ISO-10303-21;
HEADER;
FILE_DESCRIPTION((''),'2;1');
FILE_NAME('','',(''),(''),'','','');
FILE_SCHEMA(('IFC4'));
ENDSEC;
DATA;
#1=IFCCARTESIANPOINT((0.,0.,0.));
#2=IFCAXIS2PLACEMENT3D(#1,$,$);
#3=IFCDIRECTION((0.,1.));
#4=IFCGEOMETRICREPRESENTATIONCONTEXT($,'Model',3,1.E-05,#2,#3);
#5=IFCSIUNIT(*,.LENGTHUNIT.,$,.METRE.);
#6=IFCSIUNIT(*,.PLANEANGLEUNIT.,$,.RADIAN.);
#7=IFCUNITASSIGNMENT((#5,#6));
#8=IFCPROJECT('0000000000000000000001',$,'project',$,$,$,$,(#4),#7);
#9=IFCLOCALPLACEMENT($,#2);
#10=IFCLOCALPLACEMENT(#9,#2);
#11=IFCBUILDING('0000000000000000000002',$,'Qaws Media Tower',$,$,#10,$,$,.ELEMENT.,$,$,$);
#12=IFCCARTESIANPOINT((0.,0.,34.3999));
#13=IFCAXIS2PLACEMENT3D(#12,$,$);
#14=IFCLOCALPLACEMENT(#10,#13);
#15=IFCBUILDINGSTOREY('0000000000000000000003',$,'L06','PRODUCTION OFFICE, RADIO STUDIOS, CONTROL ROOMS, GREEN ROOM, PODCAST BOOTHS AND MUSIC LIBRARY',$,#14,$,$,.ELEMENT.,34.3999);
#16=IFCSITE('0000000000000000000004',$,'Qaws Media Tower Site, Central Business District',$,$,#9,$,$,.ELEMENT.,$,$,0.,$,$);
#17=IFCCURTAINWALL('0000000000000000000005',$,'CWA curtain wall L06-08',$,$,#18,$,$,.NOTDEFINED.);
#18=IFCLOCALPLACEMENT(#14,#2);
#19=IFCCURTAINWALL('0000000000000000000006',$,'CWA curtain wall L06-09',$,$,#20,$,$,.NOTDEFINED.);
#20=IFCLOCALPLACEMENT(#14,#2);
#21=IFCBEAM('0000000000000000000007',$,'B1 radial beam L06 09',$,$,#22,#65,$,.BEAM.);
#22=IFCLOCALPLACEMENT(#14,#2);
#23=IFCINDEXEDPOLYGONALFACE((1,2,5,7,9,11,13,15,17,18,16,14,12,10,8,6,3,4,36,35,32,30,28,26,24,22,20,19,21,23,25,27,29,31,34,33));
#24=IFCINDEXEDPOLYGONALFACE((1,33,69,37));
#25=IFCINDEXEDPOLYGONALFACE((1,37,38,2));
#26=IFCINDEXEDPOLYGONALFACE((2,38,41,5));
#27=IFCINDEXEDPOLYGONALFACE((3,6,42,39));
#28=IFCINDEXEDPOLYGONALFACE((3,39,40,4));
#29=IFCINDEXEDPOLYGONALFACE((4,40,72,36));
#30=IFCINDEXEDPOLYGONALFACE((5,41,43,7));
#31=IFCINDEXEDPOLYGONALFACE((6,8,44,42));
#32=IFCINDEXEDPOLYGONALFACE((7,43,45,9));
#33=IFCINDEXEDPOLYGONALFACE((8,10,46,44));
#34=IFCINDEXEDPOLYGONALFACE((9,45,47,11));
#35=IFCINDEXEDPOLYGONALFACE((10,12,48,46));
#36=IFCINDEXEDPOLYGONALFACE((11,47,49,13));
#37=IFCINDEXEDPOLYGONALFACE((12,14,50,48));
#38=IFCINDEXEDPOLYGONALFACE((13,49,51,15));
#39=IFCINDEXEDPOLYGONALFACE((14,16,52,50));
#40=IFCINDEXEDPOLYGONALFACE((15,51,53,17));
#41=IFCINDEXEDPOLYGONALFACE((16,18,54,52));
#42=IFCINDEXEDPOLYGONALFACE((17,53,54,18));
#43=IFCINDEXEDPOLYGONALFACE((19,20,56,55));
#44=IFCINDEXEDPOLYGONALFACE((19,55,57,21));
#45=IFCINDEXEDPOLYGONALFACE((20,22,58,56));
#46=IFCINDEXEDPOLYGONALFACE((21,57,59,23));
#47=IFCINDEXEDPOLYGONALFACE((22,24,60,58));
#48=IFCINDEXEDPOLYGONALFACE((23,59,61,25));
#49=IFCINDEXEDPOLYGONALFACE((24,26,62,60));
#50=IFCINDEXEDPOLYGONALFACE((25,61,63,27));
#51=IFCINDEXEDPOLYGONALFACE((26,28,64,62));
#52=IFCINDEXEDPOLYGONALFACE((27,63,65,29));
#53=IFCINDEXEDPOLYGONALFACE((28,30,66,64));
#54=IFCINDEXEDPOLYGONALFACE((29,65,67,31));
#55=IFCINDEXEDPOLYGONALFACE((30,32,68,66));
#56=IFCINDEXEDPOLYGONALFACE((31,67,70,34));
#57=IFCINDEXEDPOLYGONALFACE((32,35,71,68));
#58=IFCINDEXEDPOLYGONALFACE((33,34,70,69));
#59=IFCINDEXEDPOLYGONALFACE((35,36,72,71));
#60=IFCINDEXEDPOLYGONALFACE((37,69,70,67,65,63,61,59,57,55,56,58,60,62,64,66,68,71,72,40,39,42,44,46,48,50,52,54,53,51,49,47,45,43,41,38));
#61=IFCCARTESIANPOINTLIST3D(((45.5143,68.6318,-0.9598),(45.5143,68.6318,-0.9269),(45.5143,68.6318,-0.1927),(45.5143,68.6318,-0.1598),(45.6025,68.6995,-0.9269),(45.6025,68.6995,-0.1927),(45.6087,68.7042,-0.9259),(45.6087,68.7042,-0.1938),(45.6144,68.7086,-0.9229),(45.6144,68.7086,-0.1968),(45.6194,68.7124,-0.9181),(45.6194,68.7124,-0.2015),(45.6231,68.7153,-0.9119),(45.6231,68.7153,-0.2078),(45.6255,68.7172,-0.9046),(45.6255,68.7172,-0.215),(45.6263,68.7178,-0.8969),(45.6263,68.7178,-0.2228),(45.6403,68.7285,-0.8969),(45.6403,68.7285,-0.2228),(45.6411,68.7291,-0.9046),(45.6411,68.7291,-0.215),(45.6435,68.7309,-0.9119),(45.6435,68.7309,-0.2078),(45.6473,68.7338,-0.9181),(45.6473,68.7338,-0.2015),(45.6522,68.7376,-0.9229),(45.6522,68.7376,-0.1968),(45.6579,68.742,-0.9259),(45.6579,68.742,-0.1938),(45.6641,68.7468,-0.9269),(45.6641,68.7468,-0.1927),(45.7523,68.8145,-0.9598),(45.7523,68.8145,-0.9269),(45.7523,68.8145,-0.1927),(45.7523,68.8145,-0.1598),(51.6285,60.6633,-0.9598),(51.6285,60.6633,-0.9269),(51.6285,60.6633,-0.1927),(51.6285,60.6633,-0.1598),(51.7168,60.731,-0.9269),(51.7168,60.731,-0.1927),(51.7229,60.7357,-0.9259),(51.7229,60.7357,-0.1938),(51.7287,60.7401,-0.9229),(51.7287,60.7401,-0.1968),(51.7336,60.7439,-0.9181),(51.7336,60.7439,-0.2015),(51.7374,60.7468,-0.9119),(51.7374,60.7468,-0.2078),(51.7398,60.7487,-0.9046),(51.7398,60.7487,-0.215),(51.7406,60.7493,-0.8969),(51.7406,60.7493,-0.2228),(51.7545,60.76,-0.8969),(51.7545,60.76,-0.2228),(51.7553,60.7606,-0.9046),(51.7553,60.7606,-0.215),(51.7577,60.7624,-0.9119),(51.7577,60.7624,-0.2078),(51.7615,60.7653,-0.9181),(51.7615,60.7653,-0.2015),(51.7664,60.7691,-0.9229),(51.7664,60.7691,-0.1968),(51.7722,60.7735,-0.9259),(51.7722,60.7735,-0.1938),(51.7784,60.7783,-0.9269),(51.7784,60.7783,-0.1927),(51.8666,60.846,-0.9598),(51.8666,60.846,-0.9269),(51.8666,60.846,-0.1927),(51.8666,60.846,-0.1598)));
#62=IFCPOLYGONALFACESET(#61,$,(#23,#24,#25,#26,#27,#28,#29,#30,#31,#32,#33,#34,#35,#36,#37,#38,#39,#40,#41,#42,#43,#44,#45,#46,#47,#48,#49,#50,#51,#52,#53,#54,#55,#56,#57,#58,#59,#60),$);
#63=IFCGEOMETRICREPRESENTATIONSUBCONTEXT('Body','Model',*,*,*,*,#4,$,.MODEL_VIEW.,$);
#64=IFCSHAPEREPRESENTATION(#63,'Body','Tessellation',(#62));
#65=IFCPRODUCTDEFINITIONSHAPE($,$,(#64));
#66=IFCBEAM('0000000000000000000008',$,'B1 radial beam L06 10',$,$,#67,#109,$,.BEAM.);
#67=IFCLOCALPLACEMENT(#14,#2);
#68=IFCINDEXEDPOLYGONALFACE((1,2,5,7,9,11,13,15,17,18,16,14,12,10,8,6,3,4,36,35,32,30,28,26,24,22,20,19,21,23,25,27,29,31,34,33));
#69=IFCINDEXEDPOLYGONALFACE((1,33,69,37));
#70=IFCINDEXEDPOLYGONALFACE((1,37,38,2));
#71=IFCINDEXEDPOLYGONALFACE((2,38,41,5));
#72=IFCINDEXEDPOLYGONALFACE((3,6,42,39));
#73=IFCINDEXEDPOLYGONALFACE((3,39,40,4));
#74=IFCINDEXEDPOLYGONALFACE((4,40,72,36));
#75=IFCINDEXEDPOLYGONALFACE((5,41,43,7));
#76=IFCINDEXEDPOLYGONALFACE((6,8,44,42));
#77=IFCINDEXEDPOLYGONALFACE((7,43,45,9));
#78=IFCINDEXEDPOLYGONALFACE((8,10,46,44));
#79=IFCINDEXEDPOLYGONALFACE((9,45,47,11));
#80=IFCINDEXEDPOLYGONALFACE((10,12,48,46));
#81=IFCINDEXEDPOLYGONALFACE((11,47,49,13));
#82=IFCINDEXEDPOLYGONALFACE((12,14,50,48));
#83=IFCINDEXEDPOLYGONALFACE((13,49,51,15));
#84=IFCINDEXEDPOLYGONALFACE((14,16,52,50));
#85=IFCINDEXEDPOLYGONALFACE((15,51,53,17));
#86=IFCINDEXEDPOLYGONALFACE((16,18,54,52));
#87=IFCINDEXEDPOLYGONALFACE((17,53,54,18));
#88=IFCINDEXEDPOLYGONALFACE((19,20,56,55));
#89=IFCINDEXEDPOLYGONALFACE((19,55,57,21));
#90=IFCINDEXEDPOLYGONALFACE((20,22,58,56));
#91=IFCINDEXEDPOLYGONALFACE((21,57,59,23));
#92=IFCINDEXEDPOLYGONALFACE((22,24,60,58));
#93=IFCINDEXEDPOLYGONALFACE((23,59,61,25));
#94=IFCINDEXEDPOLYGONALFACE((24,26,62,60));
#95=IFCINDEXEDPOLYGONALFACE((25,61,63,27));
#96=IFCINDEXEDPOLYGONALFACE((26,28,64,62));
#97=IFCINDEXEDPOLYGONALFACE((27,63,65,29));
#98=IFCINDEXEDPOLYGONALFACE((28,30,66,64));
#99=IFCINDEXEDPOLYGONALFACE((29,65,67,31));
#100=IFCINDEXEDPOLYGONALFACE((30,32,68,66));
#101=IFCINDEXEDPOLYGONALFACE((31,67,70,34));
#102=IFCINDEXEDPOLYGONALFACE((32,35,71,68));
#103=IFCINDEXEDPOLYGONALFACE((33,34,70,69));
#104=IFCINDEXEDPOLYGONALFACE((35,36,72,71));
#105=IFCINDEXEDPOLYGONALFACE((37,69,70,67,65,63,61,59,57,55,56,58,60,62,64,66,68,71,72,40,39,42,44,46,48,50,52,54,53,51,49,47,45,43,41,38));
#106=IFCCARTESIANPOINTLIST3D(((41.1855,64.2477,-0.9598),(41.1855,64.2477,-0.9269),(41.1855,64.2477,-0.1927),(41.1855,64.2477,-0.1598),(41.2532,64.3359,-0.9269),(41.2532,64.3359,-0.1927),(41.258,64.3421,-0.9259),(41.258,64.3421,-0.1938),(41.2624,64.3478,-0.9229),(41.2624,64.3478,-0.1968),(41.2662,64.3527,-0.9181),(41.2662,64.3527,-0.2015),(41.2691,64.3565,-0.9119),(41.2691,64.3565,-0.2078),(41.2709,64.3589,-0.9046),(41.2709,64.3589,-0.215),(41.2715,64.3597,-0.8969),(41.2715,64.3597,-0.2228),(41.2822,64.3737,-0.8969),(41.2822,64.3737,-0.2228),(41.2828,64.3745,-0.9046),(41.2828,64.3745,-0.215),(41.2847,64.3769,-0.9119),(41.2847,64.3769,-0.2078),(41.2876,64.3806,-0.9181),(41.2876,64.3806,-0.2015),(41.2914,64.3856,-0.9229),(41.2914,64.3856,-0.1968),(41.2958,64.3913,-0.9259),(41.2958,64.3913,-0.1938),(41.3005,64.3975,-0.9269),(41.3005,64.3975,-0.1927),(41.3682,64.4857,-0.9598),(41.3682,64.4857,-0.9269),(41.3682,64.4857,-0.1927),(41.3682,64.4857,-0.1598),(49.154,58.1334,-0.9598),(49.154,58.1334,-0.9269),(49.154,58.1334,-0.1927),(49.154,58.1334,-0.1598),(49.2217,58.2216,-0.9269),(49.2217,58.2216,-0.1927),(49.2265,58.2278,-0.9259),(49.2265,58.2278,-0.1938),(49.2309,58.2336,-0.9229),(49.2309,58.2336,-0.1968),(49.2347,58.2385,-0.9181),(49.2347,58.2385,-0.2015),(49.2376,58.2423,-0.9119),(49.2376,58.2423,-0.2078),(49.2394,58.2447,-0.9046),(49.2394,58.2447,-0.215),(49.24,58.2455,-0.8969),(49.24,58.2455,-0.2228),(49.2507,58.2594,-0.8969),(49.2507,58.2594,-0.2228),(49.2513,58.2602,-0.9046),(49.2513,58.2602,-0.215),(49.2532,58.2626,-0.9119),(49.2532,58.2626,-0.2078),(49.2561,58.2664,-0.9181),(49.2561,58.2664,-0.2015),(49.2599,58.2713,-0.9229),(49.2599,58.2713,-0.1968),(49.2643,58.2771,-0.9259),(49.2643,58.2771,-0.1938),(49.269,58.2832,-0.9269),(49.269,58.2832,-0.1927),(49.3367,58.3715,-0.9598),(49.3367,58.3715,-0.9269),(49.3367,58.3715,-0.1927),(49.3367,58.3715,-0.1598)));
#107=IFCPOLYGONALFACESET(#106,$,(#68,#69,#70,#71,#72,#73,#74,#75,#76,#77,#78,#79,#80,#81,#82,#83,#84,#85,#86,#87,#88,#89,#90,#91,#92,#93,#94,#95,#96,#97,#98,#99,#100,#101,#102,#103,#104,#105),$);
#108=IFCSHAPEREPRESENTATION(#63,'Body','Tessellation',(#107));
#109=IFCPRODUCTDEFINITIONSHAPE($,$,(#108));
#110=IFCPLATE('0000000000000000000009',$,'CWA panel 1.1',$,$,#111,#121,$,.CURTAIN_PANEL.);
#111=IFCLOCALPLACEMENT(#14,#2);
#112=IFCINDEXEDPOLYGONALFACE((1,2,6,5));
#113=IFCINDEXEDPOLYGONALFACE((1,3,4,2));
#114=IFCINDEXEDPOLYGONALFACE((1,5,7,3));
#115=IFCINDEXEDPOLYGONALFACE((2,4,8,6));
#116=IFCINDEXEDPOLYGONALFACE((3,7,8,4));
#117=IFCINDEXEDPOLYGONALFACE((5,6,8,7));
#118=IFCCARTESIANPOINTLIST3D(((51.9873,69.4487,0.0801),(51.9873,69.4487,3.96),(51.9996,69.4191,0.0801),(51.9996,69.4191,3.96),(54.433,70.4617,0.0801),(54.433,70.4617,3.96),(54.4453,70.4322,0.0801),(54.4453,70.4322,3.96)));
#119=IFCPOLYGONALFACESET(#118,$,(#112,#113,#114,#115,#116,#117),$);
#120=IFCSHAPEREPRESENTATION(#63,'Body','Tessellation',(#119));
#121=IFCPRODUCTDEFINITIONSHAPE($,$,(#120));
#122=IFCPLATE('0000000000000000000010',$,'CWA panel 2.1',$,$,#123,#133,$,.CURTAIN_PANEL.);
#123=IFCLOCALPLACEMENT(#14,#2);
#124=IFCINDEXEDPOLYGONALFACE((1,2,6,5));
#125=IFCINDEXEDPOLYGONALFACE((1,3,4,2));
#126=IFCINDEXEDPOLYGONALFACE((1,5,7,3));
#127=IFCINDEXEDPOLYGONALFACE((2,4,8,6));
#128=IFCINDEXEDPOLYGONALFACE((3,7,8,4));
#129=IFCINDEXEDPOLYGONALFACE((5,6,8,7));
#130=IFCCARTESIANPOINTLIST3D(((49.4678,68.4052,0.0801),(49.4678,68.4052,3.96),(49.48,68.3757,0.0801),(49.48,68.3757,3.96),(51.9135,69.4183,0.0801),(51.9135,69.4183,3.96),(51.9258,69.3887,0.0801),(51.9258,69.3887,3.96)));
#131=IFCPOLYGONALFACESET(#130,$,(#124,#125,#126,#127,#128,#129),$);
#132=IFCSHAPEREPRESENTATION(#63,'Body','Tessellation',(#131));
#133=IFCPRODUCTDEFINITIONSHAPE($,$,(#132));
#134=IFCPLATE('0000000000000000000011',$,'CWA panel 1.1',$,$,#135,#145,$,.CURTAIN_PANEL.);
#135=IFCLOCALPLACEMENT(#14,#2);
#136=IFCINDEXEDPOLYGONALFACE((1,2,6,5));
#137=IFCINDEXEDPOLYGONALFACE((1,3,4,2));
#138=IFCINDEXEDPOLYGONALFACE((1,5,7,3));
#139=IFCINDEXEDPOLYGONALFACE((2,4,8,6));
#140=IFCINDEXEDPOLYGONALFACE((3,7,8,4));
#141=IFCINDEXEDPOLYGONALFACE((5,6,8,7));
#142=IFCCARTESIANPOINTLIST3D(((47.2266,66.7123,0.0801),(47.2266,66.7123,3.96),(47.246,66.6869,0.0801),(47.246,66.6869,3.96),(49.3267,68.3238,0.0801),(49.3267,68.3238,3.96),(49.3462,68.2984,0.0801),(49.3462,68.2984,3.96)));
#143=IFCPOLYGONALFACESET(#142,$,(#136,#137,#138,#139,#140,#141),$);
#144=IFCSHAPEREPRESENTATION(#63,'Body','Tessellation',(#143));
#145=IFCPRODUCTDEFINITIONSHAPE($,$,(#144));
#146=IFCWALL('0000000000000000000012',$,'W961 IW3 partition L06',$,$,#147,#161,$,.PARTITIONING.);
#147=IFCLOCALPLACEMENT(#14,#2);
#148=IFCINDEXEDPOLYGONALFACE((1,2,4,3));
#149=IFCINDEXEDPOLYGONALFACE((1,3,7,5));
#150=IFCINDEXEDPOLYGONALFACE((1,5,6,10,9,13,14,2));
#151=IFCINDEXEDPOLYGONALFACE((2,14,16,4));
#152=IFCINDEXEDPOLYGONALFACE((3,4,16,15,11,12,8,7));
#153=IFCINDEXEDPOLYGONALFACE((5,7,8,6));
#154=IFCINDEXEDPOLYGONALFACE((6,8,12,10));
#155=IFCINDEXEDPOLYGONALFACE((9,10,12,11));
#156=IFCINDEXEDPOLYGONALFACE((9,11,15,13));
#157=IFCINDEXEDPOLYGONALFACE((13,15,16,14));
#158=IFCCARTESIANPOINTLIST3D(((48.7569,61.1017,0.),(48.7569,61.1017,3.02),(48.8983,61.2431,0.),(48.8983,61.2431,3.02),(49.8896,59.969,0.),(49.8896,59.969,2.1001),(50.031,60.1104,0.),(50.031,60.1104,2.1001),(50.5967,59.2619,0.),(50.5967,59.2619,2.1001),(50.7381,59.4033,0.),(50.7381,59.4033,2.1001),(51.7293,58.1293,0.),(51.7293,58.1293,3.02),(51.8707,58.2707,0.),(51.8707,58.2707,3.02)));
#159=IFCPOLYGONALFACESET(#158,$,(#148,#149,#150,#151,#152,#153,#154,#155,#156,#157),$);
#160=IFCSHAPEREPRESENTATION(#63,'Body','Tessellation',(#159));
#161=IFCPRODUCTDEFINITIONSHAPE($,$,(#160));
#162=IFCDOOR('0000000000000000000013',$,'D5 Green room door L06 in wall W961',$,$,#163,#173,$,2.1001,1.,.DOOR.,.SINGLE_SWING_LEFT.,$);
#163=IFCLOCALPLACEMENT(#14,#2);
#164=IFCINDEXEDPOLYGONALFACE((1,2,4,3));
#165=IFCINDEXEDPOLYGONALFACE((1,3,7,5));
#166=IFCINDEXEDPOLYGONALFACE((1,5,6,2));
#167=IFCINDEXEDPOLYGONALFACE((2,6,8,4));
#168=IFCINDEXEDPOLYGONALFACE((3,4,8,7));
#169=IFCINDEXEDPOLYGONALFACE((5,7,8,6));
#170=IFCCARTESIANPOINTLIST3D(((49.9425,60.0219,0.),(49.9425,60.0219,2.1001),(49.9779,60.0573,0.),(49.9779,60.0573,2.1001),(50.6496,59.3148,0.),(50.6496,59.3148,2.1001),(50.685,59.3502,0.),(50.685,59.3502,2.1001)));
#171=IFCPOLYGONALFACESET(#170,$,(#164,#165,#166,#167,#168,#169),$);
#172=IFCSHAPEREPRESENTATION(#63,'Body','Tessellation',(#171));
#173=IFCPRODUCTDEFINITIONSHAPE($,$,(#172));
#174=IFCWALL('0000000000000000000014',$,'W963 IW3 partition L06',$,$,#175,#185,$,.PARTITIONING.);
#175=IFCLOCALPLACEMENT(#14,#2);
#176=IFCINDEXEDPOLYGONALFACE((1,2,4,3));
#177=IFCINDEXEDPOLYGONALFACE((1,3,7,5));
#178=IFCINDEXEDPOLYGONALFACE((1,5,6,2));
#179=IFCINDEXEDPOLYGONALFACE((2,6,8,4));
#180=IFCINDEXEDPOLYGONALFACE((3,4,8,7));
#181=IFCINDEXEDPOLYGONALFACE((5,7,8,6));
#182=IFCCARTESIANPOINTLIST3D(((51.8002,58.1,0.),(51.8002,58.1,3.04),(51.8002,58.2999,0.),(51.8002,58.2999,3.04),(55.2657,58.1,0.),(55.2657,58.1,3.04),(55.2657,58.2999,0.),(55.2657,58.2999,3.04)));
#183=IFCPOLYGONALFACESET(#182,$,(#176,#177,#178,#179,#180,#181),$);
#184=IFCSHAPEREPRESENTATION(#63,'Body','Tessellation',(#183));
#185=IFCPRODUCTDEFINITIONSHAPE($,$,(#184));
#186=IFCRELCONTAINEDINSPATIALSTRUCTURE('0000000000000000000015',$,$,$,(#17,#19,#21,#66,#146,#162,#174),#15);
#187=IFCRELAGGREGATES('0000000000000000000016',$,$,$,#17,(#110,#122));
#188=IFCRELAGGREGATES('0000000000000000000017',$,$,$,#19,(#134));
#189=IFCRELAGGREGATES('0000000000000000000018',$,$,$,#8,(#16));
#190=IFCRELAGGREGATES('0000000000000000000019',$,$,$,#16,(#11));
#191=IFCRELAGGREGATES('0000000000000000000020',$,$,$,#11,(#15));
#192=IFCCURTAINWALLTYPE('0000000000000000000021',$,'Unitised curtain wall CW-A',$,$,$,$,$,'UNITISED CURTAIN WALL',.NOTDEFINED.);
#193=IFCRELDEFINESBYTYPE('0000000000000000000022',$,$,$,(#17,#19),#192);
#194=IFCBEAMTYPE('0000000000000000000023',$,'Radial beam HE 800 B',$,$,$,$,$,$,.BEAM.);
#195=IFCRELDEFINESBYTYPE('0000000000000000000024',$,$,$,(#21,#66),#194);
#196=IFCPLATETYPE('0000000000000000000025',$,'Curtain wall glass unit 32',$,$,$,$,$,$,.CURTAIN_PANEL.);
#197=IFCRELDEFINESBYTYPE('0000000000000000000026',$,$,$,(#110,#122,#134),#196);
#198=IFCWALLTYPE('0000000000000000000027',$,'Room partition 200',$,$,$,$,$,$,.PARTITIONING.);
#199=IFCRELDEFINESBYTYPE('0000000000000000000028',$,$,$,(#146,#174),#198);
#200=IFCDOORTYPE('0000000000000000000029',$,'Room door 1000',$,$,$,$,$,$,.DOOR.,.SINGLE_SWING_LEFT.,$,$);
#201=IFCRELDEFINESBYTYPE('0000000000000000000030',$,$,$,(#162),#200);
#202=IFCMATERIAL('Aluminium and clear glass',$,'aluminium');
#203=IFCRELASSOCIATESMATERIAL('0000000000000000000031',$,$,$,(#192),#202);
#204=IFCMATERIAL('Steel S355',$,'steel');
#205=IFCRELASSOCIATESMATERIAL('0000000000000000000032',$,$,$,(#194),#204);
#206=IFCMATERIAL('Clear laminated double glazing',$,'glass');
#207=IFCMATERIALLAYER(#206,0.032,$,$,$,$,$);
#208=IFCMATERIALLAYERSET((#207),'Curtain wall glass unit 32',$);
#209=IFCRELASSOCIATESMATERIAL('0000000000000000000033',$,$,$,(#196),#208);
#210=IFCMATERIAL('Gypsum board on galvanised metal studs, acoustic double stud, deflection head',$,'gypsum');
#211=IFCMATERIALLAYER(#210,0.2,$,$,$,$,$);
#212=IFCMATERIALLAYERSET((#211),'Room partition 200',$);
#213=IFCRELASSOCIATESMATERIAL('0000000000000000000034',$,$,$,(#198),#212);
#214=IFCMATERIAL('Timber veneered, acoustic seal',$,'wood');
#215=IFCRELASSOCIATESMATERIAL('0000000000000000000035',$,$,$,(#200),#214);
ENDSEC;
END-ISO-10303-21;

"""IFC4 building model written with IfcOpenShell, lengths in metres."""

from ifc_helpers import new_model, si_unit, direction, frame, frame_2d, origin, origin_2d, place, context, subcontext, project, spatial, rectangle, i_section, extrude, material, layer, layer_set, material_profile, profile_set, type_object, element, fill, aggregate, save


model = new_model("IFC4")

# Units and contexts
model_context = context("Model", 3, precision=1e-05, world=origin(), true_north=direction((0.0, 1.0)))
body_context = subcontext(model_context, "Body", "Model", "MODEL_VIEW")
ifc_project = project(units=[si_unit("LENGTHUNIT", "METRE"), si_unit("PLANEANGLEUNIT", "RADIAN")], contexts=[model_context])

# Site, building, storey
site_placement = place(None, origin())
site = spatial("IfcSite", under=ifc_project, at=site_placement, Name="Qaws Media Tower Site, Central Business District", CompositionType="ELEMENT", RefElevation=0.0)
building_placement = place(site_placement, origin())
building = spatial("IfcBuilding", under=site, at=building_placement, Name="Qaws Media Tower", CompositionType="ELEMENT")
storey_placement = place(building_placement, frame((0.0, 0.0, 34.3999)))
storey = spatial("IfcBuildingStorey", under=building, at=storey_placement, Name="L06", Description="PRODUCTION OFFICE, RADIO STUDIOS, CONTROL ROOMS, GREEN ROOM, PODCAST BOOTHS AND MUSIC LIBRARY", CompositionType="ELEMENT", Elevation=34.3999)

# Curtain walls
ifc_material_1 = material(Name="Aluminium and clear glass", Category="aluminium")
curtain_wall_type = type_object("IfcCurtainWallType", Name="Unitised curtain wall CW-A", ElementType="UNITISED CURTAIN WALL", PredefinedType="NOTDEFINED", material=ifc_material_1)
curtain_wall_1_placement = place(storey_placement, origin())
curtain_wall_1 = element("IfcCurtainWall", 1, at=curtain_wall_1_placement, inside=storey, type_object=curtain_wall_type, Name="CWA curtain wall L06-08", PredefinedType="NOTDEFINED")
curtain_wall_2_placement = place(storey_placement, origin())
curtain_wall_2 = element("IfcCurtainWall", 2, at=curtain_wall_2_placement, inside=storey, type_object=curtain_wall_type, Name="CWA curtain wall L06-09", PredefinedType="NOTDEFINED")

# Beams
ifc_material_2 = material(Name="Steel S355", Category="steel")
ifc_material_profile_1 = material_profile(ifc_material_2, i_section(OverallWidth=0.3, OverallDepth=0.8, WebThickness=0.0176, FlangeThickness=0.033, FilletRadius=0.03, at=origin_2d()), Name="HE 800 B")
ifc_profile_set_1 = profile_set([ifc_material_profile_1], Name="Steel S355")
beam_type_1 = type_object("IfcBeamType", Name="Radial beam HE 800 B", PredefinedType="BEAM", material=ifc_profile_set_1)
for number, where, z_axis, x_axis, name in (
    (3, (51.7476, 60.7546, -0.5598), (-0.608749, 0.793363, 0.0), (-0.793363, -0.608749, 0.0), "B1 radial beam L06 09"),
    (4, (49.2454, 58.2524, -0.5598), (-0.793363, 0.608749, 0.0), (-0.608749, -0.793363, 0.0), "B1 radial beam L06 10"),
):
    element("IfcBeam", number, at=place(storey_placement, frame(where, z_axis=z_axis, x_axis=x_axis)), inside=storey, type_object=beam_type_1, Name=name, PredefinedType="BEAM", context=body_context, shape_type="SweptSolid", body=[
        extrude(i_section(OverallWidth=0.3, OverallDepth=0.8, WebThickness=0.0176, FlangeThickness=0.033, FilletRadius=0.03, at=origin_2d()), origin(), (0.0, 0.0, 1.0), 10.0439),
    ])

# Plates
ifc_material_3 = material(Name="Clear laminated double glazing", Category="glass")
ifc_layer_1 = layer(ifc_material_3, 0.032)
ifc_layer_set_1 = layer_set([ifc_layer_1], Name="Curtain wall glass unit 32")
plate_type = type_object("IfcPlateType", Name="Curtain wall glass unit 32", PredefinedType="CURTAIN_PANEL", material=ifc_layer_set_1)
plate_1_placement = place(storey_placement, frame((53.2163, 69.9404, 0.0801), z_axis=(0.0, 0.0, 1.0), x_axis=(-0.92388, -0.382683, 0.0)))
plate_1 = element("IfcPlate", 5, at=plate_1_placement, type_object=plate_type, Name="CWA panel 1.1", PredefinedType="CURTAIN_PANEL", context=body_context, shape_type="SweptSolid", body=[
    extrude(rectangle(XDim=2.6472, YDim=0.032, at=origin_2d()), origin(), (0.0, 0.0, 1.0), 3.8799),
])
plate_2_placement = place(storey_placement, frame((50.6968, 68.897, 0.0801), z_axis=(0.0, 0.0, 1.0), x_axis=(-0.92388, -0.382683, 0.0)))
plate_2 = element("IfcPlate", 6, at=plate_2_placement, type_object=plate_type, Name="CWA panel 2.1", PredefinedType="CURTAIN_PANEL", context=body_context, shape_type="SweptSolid", body=[
    extrude(rectangle(XDim=2.6472, YDim=0.032, at=origin_2d()), origin(), (0.0, 0.0, 1.0), 3.8799),
])
aggregate(curtain_wall_1, [plate_1, plate_2])
plate_3_placement = place(storey_placement, frame((48.2864, 67.5054, 0.0801), z_axis=(0.0, 0.0, 1.0), x_axis=(-0.793353, -0.608761, 0.0)))
plate_3 = element("IfcPlate", 7, at=plate_3_placement, type_object=plate_type, Name="CWA panel 1.1", PredefinedType="CURTAIN_PANEL", context=body_context, shape_type="SweptSolid", body=[
    extrude(rectangle(XDim=2.6472, YDim=0.032, at=origin_2d()), origin(), (0.0, 0.0, 1.0), 3.8799),
])
aggregate(curtain_wall_2, [plate_3])

# Wall, opening, door
ifc_material_4 = material(Name="Gypsum board on galvanised metal studs, acoustic double stud, deflection head", Category="gypsum")
ifc_layer_2 = layer(ifc_material_4, 0.2)
ifc_layer_set_2 = layer_set([ifc_layer_2], Name="Room partition 200")
wall_type = type_object("IfcWallType", Name="Room partition 200", PredefinedType="PARTITIONING", material=ifc_layer_set_2)
wall_1_placement = place(storey_placement, frame((48.8276, 61.1724, 0.0), z_axis=(0.0, 0.0, 1.0), x_axis=(0.707107, -0.707107, 0.0)))
wall_1 = element("IfcWall", 8, at=wall_1_placement, inside=storey, type_object=wall_type, Name="W961 IW3 partition L06", PredefinedType="PARTITIONING", context=body_context, shape_type="SweptSolid", body=[
    extrude(rectangle(XDim=4.2036, YDim=0.2, at=frame_2d((2.1018, 0.0))), origin(), (0.0, 0.0, 1.0), 3.02),
])
opening_1_placement = place(wall_1_placement, frame((1.6018, 0.0, 0.0)))
opening_1 = element("IfcOpeningElement", 9, at=opening_1_placement, cuts=wall_1, PredefinedType="OPENING", context=body_context, shape_type="SweptSolid", body=[
    extrude(rectangle(XDim=1.0, YDim=2.1001, at=frame_2d((0.5, 1.05))), frame((0.0, 0.1099, 0.0), z_axis=(0.0, -1.0, 0.0), x_axis=(1.0, 0.0, 0.0)), (0.0, 0.0, 1.0), 0.22),
])
ifc_material_5 = material(Name="Timber veneered, acoustic seal", Category="wood")
door_type_1 = type_object("IfcDoorType", Name="Room door 1000", OperationType="SINGLE_SWING_LEFT", PredefinedType="DOOR", material=ifc_material_5)
door_1_placement = place(opening_1_placement, origin())
door_1 = element("IfcDoor", 10, at=door_1_placement, inside=storey, type_object=door_type_1, Name="D5 Green room door L06 in wall W961", OperationType="SINGLE_SWING_LEFT", OverallHeight=2.1001, OverallWidth=1.0, PredefinedType="DOOR", context=body_context, shape_type="SweptSolid", body=[
    extrude(rectangle(XDim=1.0, YDim=2.1001, at=frame_2d((0.5, 1.05))), frame((0.0, 0.0249, 0.0), z_axis=(0.0, -1.0, 0.0), x_axis=(1.0, 0.0, 0.0)), (0.0, 0.0, 1.0), 0.05),
])
fill(opening_1, door_1)

# Wall
wall_2_placement = place(storey_placement, frame((51.8, 58.2, 0.0), z_axis=(0.0, 0.0, 1.0), x_axis=(1.0, 0.0, 0.0)))
element("IfcWall", 11, at=wall_2_placement, inside=storey, type_object=wall_type, Name="W963 IW3 partition L06", PredefinedType="PARTITIONING", context=body_context, shape_type="SweptSolid", body=[
    extrude(rectangle(XDim=3.4656, YDim=0.2, at=frame_2d((1.7329, 0.0))), origin(), (0.0, 0.0, 1.0), 3.04),
])

save(model, "model.ifc")
